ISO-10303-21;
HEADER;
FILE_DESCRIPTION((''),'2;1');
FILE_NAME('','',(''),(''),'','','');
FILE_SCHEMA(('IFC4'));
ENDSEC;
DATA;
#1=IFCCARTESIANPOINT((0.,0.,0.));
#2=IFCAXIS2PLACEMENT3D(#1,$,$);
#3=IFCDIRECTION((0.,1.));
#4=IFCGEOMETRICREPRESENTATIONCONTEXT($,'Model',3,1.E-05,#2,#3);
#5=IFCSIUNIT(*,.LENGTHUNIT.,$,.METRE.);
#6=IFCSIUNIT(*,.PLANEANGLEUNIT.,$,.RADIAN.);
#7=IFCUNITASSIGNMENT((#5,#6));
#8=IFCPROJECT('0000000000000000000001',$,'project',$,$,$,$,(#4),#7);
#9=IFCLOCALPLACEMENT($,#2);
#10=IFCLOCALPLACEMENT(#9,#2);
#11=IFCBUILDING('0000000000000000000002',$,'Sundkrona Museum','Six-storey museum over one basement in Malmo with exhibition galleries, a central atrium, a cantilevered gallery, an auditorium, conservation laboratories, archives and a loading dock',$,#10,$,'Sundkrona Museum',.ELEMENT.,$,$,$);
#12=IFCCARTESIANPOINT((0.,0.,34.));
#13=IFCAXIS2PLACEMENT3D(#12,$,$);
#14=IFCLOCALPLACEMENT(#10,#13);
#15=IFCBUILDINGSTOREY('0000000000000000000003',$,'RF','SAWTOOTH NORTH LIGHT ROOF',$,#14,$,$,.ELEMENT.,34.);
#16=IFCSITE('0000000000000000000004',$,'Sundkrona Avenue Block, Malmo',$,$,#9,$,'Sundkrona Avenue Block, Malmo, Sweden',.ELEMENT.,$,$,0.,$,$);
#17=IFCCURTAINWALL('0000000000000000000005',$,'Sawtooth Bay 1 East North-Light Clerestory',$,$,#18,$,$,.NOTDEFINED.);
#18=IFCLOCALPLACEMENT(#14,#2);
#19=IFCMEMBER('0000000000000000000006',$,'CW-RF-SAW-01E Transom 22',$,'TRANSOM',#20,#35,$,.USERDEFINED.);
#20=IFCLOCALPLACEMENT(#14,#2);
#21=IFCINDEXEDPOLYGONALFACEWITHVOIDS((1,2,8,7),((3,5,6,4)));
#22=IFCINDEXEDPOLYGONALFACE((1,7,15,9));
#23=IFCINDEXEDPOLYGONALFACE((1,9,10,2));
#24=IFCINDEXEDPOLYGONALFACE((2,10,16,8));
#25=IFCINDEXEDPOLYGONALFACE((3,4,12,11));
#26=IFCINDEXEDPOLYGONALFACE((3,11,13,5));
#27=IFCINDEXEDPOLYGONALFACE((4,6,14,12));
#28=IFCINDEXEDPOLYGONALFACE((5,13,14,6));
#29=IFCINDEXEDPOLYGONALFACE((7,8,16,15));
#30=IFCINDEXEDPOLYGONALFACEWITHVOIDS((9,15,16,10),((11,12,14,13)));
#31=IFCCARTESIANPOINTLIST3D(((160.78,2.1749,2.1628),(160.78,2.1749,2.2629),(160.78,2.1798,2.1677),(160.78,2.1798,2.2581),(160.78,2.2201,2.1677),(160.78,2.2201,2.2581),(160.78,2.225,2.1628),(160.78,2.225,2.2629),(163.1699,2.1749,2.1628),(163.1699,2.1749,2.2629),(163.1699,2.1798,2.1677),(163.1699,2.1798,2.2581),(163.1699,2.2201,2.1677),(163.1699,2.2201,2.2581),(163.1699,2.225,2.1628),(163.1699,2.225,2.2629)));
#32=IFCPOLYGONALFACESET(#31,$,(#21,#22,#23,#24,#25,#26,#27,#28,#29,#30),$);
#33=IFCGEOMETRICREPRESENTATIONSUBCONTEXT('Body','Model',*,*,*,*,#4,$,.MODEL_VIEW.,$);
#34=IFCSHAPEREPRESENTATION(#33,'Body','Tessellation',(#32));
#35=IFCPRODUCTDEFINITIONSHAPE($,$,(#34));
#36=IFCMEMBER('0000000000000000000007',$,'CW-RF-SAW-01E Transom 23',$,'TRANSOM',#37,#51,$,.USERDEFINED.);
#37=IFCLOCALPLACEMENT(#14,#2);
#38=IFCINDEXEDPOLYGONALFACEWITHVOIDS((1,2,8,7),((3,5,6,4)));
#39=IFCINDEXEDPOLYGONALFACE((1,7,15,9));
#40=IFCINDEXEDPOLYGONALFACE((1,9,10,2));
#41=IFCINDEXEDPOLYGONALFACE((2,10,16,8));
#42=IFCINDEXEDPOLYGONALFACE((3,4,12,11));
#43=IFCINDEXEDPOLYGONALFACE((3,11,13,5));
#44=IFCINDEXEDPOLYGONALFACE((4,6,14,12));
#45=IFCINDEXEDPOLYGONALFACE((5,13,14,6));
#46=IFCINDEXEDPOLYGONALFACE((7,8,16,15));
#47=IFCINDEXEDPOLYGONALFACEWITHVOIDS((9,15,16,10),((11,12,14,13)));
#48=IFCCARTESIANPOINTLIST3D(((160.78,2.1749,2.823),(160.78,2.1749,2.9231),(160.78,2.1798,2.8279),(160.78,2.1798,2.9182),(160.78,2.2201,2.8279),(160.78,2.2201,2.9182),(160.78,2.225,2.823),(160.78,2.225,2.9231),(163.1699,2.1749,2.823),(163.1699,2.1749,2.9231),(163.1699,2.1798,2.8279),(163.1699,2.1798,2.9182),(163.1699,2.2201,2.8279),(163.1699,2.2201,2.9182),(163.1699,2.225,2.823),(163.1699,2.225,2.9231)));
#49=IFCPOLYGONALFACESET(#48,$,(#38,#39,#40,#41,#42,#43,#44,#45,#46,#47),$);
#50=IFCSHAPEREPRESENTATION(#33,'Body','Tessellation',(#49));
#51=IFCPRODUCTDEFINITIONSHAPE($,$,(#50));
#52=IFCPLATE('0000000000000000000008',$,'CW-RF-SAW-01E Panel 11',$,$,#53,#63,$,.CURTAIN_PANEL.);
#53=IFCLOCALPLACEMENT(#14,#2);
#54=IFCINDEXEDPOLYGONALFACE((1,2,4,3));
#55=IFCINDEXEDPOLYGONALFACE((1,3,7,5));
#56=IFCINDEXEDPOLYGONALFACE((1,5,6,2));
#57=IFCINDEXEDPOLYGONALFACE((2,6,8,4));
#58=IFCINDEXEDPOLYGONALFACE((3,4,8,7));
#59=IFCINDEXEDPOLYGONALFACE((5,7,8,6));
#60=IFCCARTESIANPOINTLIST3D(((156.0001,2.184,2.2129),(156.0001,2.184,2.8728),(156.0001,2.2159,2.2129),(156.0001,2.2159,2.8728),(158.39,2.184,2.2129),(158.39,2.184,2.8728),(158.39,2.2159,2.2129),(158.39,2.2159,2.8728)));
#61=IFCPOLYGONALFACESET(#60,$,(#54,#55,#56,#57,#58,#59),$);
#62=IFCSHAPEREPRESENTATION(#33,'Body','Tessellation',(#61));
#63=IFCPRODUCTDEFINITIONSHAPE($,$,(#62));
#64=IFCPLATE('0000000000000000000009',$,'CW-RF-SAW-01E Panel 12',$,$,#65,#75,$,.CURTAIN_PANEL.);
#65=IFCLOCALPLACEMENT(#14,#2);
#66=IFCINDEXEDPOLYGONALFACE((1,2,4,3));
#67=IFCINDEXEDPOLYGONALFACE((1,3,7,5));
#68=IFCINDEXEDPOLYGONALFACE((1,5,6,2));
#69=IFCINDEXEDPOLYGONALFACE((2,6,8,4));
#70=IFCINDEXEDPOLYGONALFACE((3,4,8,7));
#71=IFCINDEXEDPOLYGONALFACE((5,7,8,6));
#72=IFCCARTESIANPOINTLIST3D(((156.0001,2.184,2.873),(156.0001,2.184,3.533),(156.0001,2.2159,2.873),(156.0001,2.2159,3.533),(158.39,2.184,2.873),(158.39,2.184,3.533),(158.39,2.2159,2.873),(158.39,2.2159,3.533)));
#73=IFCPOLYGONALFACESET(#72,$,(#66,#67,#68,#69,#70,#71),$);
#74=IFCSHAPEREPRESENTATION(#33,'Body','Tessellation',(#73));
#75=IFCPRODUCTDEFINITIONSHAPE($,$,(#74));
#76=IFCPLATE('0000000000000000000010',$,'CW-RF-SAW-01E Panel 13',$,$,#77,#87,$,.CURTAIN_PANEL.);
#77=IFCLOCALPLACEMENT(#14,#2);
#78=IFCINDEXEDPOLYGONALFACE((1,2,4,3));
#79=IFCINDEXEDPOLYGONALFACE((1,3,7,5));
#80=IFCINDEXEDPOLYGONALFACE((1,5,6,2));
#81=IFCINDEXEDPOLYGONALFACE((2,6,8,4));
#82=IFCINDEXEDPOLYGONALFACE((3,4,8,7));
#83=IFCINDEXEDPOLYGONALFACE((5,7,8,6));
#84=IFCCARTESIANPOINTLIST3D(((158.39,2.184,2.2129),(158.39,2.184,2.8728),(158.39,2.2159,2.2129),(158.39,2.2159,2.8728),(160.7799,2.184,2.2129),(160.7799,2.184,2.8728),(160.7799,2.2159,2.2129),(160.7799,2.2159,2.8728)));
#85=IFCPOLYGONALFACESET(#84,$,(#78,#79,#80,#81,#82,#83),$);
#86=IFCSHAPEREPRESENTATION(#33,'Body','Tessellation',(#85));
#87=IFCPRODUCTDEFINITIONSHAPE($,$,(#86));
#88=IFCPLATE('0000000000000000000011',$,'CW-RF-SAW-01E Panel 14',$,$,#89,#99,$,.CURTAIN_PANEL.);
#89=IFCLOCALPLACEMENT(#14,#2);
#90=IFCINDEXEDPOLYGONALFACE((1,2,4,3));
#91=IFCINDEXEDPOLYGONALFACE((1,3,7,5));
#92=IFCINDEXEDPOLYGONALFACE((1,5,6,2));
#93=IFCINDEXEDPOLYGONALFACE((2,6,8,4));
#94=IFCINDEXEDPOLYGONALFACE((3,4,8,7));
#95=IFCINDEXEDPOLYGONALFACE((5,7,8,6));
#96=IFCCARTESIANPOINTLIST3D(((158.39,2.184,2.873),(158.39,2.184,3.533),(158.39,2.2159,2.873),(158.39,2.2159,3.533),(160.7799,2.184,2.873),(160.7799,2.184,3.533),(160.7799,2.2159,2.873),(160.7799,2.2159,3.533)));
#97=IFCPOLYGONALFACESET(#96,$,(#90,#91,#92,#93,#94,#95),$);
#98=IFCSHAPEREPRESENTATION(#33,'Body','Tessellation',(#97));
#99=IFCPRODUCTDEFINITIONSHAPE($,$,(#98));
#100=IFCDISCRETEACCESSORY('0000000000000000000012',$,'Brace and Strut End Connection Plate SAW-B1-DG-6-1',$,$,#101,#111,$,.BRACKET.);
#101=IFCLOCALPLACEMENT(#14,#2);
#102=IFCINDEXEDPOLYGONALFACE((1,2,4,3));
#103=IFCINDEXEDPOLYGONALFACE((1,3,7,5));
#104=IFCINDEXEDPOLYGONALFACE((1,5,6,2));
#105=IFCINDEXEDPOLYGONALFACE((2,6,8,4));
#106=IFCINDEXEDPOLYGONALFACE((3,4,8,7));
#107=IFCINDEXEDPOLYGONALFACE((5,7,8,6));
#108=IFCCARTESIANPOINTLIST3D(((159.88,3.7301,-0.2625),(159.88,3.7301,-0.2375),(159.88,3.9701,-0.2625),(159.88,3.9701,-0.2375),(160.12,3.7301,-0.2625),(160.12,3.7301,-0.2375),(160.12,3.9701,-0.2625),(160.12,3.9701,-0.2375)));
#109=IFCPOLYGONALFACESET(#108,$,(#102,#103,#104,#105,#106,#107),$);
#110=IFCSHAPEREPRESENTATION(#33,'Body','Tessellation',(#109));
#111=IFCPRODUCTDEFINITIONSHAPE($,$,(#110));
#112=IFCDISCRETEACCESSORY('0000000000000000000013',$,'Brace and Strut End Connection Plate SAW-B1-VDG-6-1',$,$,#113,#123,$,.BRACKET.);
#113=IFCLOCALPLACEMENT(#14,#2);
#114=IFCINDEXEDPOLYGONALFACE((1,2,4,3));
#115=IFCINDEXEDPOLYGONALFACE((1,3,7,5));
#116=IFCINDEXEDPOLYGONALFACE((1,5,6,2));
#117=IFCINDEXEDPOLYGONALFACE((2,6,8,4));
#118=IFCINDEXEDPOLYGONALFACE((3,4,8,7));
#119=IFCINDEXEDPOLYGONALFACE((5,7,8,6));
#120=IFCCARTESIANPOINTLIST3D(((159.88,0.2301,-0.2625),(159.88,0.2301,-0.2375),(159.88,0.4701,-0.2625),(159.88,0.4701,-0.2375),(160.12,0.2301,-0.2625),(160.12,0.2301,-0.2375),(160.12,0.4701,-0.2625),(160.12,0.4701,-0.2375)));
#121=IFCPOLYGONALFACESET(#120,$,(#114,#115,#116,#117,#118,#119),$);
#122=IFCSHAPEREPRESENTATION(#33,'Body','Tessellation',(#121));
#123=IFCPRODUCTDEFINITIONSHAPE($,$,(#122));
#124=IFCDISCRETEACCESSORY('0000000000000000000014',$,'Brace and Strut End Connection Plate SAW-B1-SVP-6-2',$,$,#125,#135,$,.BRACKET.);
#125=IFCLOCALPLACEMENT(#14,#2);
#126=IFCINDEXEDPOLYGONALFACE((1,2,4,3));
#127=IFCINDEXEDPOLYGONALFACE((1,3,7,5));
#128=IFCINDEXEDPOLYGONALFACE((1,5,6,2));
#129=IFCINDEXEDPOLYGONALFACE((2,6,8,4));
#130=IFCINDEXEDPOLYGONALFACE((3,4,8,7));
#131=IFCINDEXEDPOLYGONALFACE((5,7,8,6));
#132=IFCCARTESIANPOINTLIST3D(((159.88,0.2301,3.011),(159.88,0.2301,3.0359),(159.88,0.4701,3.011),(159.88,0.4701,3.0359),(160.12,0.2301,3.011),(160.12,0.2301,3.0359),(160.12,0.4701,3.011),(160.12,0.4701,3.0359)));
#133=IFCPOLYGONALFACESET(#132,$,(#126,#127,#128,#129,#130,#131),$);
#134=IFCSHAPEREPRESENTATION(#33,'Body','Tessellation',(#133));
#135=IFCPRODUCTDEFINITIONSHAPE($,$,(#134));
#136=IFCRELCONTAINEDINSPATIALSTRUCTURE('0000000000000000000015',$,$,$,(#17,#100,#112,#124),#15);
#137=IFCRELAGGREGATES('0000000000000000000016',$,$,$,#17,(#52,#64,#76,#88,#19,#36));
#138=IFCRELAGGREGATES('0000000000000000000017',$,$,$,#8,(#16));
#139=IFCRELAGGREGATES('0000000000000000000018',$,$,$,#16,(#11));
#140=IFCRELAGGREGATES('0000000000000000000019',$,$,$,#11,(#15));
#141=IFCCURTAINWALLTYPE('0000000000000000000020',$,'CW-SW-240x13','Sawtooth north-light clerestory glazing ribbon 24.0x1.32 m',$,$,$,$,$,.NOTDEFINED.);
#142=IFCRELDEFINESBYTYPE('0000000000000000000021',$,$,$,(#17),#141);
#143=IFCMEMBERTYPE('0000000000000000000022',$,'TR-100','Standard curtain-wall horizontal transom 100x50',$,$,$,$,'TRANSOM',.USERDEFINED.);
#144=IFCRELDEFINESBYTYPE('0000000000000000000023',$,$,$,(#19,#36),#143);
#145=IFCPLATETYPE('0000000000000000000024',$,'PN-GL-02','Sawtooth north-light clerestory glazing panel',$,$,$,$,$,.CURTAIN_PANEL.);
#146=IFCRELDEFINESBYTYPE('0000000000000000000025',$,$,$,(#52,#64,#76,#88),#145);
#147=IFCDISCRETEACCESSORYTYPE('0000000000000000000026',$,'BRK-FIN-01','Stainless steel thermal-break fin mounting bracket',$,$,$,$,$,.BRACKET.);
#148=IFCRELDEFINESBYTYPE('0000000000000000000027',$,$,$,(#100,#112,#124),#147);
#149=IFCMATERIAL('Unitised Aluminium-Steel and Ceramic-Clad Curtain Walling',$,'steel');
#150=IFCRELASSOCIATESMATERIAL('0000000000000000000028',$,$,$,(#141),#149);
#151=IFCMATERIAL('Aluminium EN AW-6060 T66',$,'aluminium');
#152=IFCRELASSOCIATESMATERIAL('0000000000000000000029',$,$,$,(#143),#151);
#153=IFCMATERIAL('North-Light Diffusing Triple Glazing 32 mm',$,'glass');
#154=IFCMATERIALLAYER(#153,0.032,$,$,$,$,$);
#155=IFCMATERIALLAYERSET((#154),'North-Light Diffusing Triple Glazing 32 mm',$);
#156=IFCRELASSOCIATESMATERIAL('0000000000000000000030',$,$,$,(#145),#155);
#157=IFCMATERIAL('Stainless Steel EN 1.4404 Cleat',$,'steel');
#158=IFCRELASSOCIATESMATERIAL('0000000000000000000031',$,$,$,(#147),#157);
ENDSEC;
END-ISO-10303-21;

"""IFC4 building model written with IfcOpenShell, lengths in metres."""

from ifc_helpers import new_model, si_unit, direction, frame, origin, origin_2d, place, context, subcontext, project, spatial, rectangle, hollow_rectangle, extrude, material, layer, layer_set, material_profile, profile_set, type_object, element, aggregate, save


model = new_model("IFC4")

# Units and contexts
model_context = context("Model", 3, precision=1e-05, world=origin(), true_north=direction((0.0, 1.0)))
body_context = subcontext(model_context, "Body", "Model", "MODEL_VIEW")
ifc_project = project(units=[si_unit("LENGTHUNIT", "METRE"), si_unit("PLANEANGLEUNIT", "RADIAN")], contexts=[model_context])

# Site, building, storey
site_placement = place(None, origin())
site = spatial("IfcSite", under=ifc_project, at=site_placement, Name="Sundkrona Avenue Block, Malmo", LongName="Sundkrona Avenue Block, Malmo, Sweden", CompositionType="ELEMENT", RefElevation=0.0)
building_placement = place(site_placement, origin())
building = spatial("IfcBuilding", under=site, at=building_placement, Name="Sundkrona Museum", Description="Six-storey museum over one basement in Malmo with exhibition galleries, a central atrium, a cantilevered gallery, an auditorium, conservation laboratories, archives and a loading dock", LongName="Sundkrona Museum", CompositionType="ELEMENT")
storey_placement = place(building_placement, frame((0.0, 0.0, 34.0)))
storey = spatial("IfcBuildingStorey", under=building, at=storey_placement, Name="RF", Description="SAWTOOTH NORTH LIGHT ROOF", CompositionType="ELEMENT", Elevation=34.0)

# Curtain wall
ifc_material_1 = material(Name="Unitised Aluminium-Steel and Ceramic-Clad Curtain Walling", Category="steel")
curtain_wall_type = type_object("IfcCurtainWallType", Name="CW-SW-240x13", Description="Sawtooth north-light clerestory glazing ribbon 24.0x1.32 m", PredefinedType="NOTDEFINED", material=ifc_material_1)
curtain_wall_placement = place(storey_placement, origin())
curtain_wall = element("IfcCurtainWall", 1, at=curtain_wall_placement, inside=storey, type_object=curtain_wall_type, Name="Sawtooth Bay 1 East North-Light Clerestory", PredefinedType="NOTDEFINED")
ifc_material_2 = material(Name="Aluminium EN AW-6060 T66", Category="aluminium")

# Members
ifc_material_profile_1 = material_profile(ifc_material_2, hollow_rectangle(XDim=0.05, YDim=0.1001, WallThickness=0.0049, at=origin_2d()), Name="RHS 100x50x5.0")
ifc_profile_set_1 = profile_set([ifc_material_profile_1], Name="Aluminium EN AW-6060 T66")
member_type_1 = type_object("IfcMemberType", Name="TR-100", Description="Standard curtain-wall horizontal transom 100x50", ElementType="TRANSOM", PredefinedType="USERDEFINED", material=ifc_profile_set_1)
member_1_placement = place(storey_placement, frame((160.78, 2.2, 2.2129), z_axis=(1.0, 0.0, 0.0), x_axis=(0.0, 1.0, 0.0)))
member_1 = element("IfcMember", 2, at=member_1_placement, type_object=member_type_1, Name="CW-RF-SAW-01E Transom 22", ObjectType="TRANSOM", PredefinedType="USERDEFINED", context=body_context, shape_type="SweptSolid", body=[
    extrude(hollow_rectangle(XDim=0.05, YDim=0.1001, WallThickness=0.0049, at=origin_2d()), origin(), (0.0, 0.0, 1.0), 2.3899),
])
member_2_placement = place(storey_placement, frame((160.78, 2.2, 2.873), z_axis=(1.0, 0.0, 0.0), x_axis=(0.0, 1.0, 0.0)))
member_2 = element("IfcMember", 3, at=member_2_placement, type_object=member_type_1, Name="CW-RF-SAW-01E Transom 23", ObjectType="TRANSOM", PredefinedType="USERDEFINED", context=body_context, shape_type="SweptSolid", body=[
    extrude(hollow_rectangle(XDim=0.05, YDim=0.1001, WallThickness=0.0049, at=origin_2d()), origin(), (0.0, 0.0, 1.0), 2.3899),
])

# Plates
ifc_material_3 = material(Name="North-Light Diffusing Triple Glazing 32 mm", Category="glass")
ifc_layer = layer(ifc_material_3, 0.032)
ifc_layer_set = layer_set([ifc_layer], Name="North-Light Diffusing Triple Glazing 32 mm")
plate_type = type_object("IfcPlateType", Name="PN-GL-02", Description="Sawtooth north-light clerestory glazing panel", PredefinedType="CURTAIN_PANEL", material=ifc_layer_set)
plate_1_placement = place(storey_placement, frame((157.1951, 2.2, 2.2129), z_axis=(0.0, 0.0, 1.0), x_axis=(1.0, 0.0, 0.0)))
plate_1 = element("IfcPlate", 4, at=plate_1_placement, type_object=plate_type, Name="CW-RF-SAW-01E Panel 11", PredefinedType="CURTAIN_PANEL", context=body_context, shape_type="SweptSolid", body=[
    extrude(rectangle(XDim=2.3899, YDim=0.032, at=origin_2d()), origin(), (0.0, 0.0, 1.0), 0.6599),
])
plate_2_placement = place(storey_placement, frame((157.1951, 2.2, 2.873), z_axis=(0.0, 0.0, 1.0), x_axis=(1.0, 0.0, 0.0)))
plate_2 = element("IfcPlate", 5, at=plate_2_placement, type_object=plate_type, Name="CW-RF-SAW-01E Panel 12", PredefinedType="CURTAIN_PANEL", context=body_context, shape_type="SweptSolid", body=[
    extrude(rectangle(XDim=2.3899, YDim=0.032, at=origin_2d()), origin(), (0.0, 0.0, 1.0), 0.6599),
])
plate_3_placement = place(storey_placement, frame((159.585, 2.2, 2.2129), z_axis=(0.0, 0.0, 1.0), x_axis=(1.0, 0.0, 0.0)))
plate_3 = element("IfcPlate", 6, at=plate_3_placement, type_object=plate_type, Name="CW-RF-SAW-01E Panel 13", PredefinedType="CURTAIN_PANEL", context=body_context, shape_type="SweptSolid", body=[
    extrude(rectangle(XDim=2.3899, YDim=0.032, at=origin_2d()), origin(), (0.0, 0.0, 1.0), 0.6599),
])
plate_4_placement = place(storey_placement, frame((159.585, 2.2, 2.873), z_axis=(0.0, 0.0, 1.0), x_axis=(1.0, 0.0, 0.0)))
plate_4 = element("IfcPlate", 7, at=plate_4_placement, type_object=plate_type, Name="CW-RF-SAW-01E Panel 14", PredefinedType="CURTAIN_PANEL", context=body_context, shape_type="SweptSolid", body=[
    extrude(rectangle(XDim=2.3899, YDim=0.032, at=origin_2d()), origin(), (0.0, 0.0, 1.0), 0.6599),
])
aggregate(curtain_wall, [plate_1, plate_2, plate_3, plate_4, member_1, member_2])

# Discrete accessories
ifc_material_4 = material(Name="Stainless Steel EN 1.4404 Cleat", Category="steel")
discrete_accessory_type = type_object("IfcDiscreteAccessoryType", Name="BRK-FIN-01", Description="Stainless steel thermal-break fin mounting bracket", PredefinedType="BRACKET", material=ifc_material_4)
for number, where, z_axis, x_axis, name in (
    (8, (160.0, 3.8501, -0.2625), (0.0, 0.0, 1.0), (1.0, 0.0, 0.0), "Brace and Strut End Connection Plate SAW-B1-DG-6-1"),
    (9, (160.0, 0.3501, -0.2625), (0.0, 0.0, 1.0), (1.0, 0.0, 0.0), "Brace and Strut End Connection Plate SAW-B1-VDG-6-1"),
    (10, (160.0, 0.3501, 3.011), (0.0, 0.0, 1.0), (1.0, 0.0, 0.0), "Brace and Strut End Connection Plate SAW-B1-SVP-6-2"),
):
    element("IfcDiscreteAccessory", number, at=place(storey_placement, frame(where, z_axis=z_axis, x_axis=x_axis)), inside=storey, type_object=discrete_accessory_type, Name=name, PredefinedType="BRACKET", context=body_context, shape_type="SweptSolid", body=[
        extrude(rectangle(XDim=0.24, YDim=0.24, at=origin_2d()), origin(), (0.0, 0.0, 1.0), 0.0249),
    ])

save(model, "model.ifc")
